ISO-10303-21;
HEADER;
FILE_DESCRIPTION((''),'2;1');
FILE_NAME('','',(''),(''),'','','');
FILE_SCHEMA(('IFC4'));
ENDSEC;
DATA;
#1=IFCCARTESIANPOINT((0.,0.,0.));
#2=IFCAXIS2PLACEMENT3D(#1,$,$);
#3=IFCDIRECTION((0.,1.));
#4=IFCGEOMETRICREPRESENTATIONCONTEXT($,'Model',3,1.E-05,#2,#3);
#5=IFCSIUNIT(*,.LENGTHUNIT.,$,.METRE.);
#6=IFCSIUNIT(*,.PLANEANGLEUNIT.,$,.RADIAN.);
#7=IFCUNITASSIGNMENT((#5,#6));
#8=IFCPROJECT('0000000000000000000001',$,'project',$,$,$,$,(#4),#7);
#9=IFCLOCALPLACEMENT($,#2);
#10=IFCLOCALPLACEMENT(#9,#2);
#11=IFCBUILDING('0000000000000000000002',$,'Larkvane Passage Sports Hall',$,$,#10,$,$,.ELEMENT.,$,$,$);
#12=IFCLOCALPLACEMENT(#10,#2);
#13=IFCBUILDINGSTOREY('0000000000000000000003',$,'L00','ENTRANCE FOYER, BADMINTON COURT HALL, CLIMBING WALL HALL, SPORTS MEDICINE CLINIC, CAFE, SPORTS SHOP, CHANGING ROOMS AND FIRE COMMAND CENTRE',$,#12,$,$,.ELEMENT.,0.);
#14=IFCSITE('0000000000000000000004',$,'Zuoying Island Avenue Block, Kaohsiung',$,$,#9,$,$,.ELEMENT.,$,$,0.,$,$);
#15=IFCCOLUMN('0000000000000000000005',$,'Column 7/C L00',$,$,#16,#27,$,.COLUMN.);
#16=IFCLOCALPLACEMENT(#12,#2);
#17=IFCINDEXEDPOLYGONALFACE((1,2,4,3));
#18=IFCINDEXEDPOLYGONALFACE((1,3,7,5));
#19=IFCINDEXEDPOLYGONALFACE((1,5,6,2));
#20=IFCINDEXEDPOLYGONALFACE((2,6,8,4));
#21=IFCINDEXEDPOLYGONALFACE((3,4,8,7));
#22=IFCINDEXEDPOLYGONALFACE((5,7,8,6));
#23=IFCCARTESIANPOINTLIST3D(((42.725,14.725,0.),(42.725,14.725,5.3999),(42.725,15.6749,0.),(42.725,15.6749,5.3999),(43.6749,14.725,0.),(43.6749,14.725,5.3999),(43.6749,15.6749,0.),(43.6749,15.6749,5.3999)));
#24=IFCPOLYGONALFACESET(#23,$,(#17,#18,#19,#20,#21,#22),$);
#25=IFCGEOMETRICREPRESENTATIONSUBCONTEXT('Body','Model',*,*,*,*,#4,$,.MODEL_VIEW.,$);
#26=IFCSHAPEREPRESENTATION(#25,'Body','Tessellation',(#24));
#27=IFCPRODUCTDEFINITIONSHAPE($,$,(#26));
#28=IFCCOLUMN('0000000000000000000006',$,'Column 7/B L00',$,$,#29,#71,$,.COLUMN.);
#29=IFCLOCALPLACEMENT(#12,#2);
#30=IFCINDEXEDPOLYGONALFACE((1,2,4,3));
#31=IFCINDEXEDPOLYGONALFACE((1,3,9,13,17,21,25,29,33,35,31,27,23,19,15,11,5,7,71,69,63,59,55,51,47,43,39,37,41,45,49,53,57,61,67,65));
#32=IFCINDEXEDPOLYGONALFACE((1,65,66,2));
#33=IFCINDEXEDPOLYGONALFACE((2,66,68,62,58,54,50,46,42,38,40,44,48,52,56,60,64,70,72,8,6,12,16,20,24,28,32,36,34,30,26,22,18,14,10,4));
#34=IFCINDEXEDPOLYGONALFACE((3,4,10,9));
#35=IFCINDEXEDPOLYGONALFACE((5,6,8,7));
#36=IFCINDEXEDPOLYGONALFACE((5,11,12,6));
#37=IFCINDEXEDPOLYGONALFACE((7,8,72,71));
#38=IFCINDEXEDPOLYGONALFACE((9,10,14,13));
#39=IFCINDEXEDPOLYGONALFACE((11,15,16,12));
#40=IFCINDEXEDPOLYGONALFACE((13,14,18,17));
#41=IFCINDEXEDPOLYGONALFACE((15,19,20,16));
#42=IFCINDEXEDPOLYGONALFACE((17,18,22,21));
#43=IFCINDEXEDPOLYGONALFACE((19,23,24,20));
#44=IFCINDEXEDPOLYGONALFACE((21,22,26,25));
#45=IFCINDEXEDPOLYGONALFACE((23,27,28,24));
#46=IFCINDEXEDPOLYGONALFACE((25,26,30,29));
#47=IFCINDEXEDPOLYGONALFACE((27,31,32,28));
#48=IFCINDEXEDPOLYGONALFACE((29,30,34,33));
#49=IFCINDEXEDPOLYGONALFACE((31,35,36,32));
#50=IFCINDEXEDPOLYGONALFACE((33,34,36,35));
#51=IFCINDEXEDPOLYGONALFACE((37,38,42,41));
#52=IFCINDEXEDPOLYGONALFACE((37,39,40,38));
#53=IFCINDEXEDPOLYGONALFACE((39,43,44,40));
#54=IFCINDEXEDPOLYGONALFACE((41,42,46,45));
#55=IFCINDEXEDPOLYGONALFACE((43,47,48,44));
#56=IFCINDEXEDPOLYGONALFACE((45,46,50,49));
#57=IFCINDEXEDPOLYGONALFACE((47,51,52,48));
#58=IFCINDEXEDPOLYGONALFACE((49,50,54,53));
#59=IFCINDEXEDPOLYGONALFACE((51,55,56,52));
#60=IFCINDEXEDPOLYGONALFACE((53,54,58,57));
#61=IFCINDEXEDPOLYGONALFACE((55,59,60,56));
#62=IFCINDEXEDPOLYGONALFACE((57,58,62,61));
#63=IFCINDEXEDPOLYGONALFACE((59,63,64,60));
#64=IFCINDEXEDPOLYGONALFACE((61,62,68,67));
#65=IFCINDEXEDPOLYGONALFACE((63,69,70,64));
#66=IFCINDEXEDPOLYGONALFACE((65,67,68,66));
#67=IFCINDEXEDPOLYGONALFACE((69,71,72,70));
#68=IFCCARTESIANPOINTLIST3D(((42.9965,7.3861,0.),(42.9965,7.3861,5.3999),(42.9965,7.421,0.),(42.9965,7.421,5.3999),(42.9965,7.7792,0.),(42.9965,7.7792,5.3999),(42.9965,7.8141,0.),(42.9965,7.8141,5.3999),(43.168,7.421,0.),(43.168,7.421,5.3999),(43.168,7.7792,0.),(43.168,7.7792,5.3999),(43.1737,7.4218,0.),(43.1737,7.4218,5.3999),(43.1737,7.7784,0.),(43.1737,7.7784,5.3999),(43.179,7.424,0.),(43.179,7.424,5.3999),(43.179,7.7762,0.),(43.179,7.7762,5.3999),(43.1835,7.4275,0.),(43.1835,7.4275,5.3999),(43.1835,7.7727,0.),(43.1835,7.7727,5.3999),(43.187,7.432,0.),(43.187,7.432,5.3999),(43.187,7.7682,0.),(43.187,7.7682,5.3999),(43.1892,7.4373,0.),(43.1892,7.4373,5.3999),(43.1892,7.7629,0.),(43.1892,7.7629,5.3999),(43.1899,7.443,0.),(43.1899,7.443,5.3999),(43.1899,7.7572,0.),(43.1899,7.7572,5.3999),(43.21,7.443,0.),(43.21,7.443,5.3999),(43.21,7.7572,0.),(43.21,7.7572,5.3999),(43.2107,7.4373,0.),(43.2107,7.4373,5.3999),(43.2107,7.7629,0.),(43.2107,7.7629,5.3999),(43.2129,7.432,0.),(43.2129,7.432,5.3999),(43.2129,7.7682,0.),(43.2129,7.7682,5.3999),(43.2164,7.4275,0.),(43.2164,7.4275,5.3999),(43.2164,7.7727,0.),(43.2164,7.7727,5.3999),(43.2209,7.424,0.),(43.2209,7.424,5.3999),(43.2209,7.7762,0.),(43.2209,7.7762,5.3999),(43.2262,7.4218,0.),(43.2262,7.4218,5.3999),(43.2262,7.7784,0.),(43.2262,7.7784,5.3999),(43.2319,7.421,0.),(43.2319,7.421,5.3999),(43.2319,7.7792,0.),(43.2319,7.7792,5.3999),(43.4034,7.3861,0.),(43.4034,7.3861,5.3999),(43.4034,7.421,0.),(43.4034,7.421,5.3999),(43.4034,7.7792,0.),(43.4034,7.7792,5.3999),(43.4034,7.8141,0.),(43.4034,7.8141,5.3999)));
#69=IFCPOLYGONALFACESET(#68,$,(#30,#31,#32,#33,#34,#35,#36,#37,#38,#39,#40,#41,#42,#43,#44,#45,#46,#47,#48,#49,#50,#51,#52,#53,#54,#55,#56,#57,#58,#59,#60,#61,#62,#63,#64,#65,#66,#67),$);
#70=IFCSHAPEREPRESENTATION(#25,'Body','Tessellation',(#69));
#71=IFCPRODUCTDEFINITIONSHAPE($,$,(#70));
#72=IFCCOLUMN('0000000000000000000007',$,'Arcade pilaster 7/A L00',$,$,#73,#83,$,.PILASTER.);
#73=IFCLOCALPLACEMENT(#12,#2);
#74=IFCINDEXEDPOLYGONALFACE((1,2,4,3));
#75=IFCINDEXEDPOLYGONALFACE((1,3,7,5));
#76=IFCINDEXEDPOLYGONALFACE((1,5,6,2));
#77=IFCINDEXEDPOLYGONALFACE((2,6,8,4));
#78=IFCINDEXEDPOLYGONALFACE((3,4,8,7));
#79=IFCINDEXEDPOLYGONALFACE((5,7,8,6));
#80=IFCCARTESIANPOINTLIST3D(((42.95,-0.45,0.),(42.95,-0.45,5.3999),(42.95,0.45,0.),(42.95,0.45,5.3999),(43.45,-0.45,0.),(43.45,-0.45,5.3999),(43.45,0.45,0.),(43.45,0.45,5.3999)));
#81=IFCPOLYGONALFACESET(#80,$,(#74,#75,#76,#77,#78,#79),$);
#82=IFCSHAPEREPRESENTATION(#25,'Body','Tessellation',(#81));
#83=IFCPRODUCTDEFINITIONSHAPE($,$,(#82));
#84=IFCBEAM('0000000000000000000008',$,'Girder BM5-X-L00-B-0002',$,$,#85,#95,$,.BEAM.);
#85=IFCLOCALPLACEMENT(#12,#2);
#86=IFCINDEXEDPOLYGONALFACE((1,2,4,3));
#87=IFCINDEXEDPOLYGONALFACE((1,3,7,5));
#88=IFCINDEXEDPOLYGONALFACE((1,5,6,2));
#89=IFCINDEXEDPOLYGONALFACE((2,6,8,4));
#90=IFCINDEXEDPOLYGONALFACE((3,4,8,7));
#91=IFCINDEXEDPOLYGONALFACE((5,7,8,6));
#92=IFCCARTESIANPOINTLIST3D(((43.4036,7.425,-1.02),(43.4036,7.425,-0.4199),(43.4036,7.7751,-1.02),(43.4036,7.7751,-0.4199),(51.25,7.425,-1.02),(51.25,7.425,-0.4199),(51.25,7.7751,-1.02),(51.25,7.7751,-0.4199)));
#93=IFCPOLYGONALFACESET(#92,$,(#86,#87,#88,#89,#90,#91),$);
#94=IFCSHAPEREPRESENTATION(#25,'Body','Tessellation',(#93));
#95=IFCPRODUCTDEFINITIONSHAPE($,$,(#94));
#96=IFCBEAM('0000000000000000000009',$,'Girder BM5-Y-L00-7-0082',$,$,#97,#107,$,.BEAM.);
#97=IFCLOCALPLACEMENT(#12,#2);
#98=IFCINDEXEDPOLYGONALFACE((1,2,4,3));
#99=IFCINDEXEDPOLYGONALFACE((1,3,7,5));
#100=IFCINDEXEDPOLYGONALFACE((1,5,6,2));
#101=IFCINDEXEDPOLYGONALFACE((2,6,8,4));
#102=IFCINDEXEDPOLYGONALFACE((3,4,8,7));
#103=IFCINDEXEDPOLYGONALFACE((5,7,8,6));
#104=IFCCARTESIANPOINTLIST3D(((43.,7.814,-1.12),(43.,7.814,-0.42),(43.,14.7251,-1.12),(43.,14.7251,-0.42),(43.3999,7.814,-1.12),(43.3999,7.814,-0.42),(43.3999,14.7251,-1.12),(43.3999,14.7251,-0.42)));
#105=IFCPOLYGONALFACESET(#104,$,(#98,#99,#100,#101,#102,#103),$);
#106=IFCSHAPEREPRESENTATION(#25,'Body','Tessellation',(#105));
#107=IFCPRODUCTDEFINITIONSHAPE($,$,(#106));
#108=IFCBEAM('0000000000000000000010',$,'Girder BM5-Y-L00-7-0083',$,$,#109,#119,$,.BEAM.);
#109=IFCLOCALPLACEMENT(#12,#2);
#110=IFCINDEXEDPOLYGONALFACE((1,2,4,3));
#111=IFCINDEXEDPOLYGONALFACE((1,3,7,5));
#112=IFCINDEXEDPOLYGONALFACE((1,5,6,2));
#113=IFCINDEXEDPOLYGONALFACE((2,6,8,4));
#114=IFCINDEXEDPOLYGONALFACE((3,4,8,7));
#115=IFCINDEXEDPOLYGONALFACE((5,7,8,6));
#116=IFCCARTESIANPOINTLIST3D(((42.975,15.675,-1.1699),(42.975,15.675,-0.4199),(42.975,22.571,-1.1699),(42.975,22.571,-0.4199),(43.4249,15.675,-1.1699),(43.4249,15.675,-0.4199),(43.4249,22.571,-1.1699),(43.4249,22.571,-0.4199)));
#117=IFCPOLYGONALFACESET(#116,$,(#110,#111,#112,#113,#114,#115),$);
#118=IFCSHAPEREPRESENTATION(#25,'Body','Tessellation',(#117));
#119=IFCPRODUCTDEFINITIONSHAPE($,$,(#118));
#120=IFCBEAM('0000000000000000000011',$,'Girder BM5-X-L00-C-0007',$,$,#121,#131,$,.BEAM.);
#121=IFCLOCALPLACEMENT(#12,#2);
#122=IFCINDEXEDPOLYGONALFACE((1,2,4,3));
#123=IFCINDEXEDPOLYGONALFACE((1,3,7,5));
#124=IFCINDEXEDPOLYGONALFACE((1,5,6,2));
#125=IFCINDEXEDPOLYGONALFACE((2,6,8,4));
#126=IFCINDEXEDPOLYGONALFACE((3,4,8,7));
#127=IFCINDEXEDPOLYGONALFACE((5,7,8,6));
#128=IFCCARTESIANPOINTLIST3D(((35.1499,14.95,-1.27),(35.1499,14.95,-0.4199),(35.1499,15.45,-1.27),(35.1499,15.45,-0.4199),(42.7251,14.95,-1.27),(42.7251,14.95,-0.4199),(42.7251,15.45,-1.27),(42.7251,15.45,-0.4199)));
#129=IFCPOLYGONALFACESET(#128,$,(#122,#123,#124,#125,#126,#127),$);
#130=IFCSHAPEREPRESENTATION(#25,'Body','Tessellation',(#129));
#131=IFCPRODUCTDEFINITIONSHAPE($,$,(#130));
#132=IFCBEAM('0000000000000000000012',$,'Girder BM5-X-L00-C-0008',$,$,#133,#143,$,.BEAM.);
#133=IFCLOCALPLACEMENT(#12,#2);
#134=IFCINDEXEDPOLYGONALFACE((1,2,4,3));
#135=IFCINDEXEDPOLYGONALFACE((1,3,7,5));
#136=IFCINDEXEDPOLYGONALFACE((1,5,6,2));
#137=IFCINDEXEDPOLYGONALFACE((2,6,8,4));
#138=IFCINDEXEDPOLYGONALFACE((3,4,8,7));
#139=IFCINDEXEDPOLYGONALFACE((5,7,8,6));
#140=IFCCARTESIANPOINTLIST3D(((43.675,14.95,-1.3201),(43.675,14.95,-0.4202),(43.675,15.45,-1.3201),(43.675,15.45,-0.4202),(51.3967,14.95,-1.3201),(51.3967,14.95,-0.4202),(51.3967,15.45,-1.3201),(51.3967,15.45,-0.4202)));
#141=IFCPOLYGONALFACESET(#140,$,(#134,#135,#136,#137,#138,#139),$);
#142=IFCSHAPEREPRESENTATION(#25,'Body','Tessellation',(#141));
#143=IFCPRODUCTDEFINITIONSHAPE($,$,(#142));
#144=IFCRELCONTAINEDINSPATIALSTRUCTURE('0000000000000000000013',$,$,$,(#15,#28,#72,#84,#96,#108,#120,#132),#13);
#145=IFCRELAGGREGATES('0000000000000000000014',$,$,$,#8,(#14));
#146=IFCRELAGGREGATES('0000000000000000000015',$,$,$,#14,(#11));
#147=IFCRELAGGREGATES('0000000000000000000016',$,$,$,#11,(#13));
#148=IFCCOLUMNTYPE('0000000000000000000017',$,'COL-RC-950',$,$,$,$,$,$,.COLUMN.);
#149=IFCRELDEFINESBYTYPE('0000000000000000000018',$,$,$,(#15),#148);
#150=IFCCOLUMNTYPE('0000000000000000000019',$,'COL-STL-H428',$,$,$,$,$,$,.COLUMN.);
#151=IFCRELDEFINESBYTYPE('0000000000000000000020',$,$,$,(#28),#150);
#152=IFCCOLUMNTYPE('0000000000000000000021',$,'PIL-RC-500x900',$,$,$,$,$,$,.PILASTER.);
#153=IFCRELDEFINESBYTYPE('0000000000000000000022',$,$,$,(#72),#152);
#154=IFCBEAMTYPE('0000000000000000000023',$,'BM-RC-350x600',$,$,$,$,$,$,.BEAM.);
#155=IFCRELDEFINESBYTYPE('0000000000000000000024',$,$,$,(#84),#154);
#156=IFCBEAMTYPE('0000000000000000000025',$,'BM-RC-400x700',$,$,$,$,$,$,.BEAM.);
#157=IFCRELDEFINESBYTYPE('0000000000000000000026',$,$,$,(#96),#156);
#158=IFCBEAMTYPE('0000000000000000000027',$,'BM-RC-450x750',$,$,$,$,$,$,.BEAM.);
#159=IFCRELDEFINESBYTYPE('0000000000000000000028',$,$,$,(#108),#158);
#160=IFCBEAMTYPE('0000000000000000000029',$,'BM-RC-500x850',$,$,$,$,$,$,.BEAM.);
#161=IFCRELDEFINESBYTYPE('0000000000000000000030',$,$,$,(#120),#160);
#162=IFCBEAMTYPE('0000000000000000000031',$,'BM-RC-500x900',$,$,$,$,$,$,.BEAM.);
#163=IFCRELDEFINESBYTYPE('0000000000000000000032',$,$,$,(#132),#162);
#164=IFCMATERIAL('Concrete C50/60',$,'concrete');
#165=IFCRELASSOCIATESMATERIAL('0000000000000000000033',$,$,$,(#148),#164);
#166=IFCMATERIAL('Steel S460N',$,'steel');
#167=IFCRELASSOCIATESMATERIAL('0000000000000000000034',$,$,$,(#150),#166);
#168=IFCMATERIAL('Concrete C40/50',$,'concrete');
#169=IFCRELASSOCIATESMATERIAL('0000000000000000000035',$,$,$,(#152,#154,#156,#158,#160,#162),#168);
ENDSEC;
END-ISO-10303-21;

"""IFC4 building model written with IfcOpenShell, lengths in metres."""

from ifc_helpers import new_model, si_unit, direction, frame, origin, origin_2d, place, context, subcontext, project, spatial, rectangle, i_section, extrude, material, material_profile, profile_set, type_object, element, save


model = new_model("IFC4")

# Units and contexts
model_context = context("Model", 3, precision=1e-05, world=origin(), true_north=direction((0.0, 1.0)))
body_context = subcontext(model_context, "Body", "Model", "MODEL_VIEW")
ifc_project = project(units=[si_unit("LENGTHUNIT", "METRE"), si_unit("PLANEANGLEUNIT", "RADIAN")], contexts=[model_context])

# Site, building, storey
site_placement = place(None, origin())
site = spatial("IfcSite", under=ifc_project, at=site_placement, Name="Zuoying Island Avenue Block, Kaohsiung", CompositionType="ELEMENT", RefElevation=0.0)
building_placement = place(site_placement, origin())
building = spatial("IfcBuilding", under=site, at=building_placement, Name="Larkvane Passage Sports Hall", CompositionType="ELEMENT")
storey_placement = place(building_placement, origin())
storey = spatial("IfcBuildingStorey", under=building, at=storey_placement, Name="L00", Description="ENTRANCE FOYER, BADMINTON COURT HALL, CLIMBING WALL HALL, SPORTS MEDICINE CLINIC, CAFE, SPORTS SHOP, CHANGING ROOMS AND FIRE COMMAND CENTRE", CompositionType="ELEMENT", Elevation=0.0)

# Columns
ifc_material_1 = material(Name="Concrete C50/60", Category="concrete")
ifc_material_profile_1 = material_profile(ifc_material_1, rectangle(XDim=0.95, YDim=0.95, at=origin_2d()), Name="RC-COL-950x950")
ifc_profile_set_1 = profile_set([ifc_material_profile_1], Name="Concrete C50/60")
column_type_1 = type_object("IfcColumnType", Name="COL-RC-950", PredefinedType="COLUMN", material=ifc_profile_set_1)
column_1_placement = place(storey_placement, frame((43.2, 15.2, 0.0), z_axis=(0.0, 0.0, 1.0), x_axis=(1.0, 0.0, 0.0)))
element("IfcColumn", 1, at=column_1_placement, inside=storey, type_object=column_type_1, Name="Column 7/C L00", PredefinedType="COLUMN", context=body_context, shape_type="SweptSolid", body=[
    extrude(rectangle(XDim=0.95, YDim=0.95, at=origin_2d()), origin(), (0.0, 0.0, 1.0), 5.3999),
])
ifc_material_2 = material(Name="Steel S460N", Category="steel")
ifc_material_profile_2 = material_profile(ifc_material_2, i_section(OverallWidth=0.407, OverallDepth=0.428, WebThickness=0.02, FlangeThickness=0.0349, FilletRadius=0.022, at=origin_2d()), Name="H-428x407x20x35")
ifc_profile_set_2 = profile_set([ifc_material_profile_2], Name="Steel S460N")
column_type_2 = type_object("IfcColumnType", Name="COL-STL-H428", PredefinedType="COLUMN", material=ifc_profile_set_2)
column_2_placement = place(storey_placement, frame((43.2, 7.6001, 0.0), z_axis=(0.0, 0.0, 1.0), x_axis=(1.0, 0.0, 0.0)))
element("IfcColumn", 2, at=column_2_placement, inside=storey, type_object=column_type_2, Name="Column 7/B L00", PredefinedType="COLUMN", context=body_context, shape_type="SweptSolid", body=[
    extrude(i_section(OverallWidth=0.407, OverallDepth=0.428, WebThickness=0.02, FlangeThickness=0.0349, FilletRadius=0.022, at=origin_2d()), origin(), (0.0, 0.0, 1.0), 5.3999),
])
ifc_material_3 = material(Name="Concrete C40/50", Category="concrete")
ifc_material_profile_3 = material_profile(ifc_material_3, rectangle(XDim=0.5, YDim=0.8999, at=origin_2d()), Name="RC-PIL-500x900")
ifc_profile_set_3 = profile_set([ifc_material_profile_3], Name="Concrete C40/50")
column_type_3 = type_object("IfcColumnType", Name="PIL-RC-500x900", PredefinedType="PILASTER", material=ifc_profile_set_3)
column_3_placement = place(storey_placement, frame((43.2, 0.0, 0.0), z_axis=(0.0, 0.0, 1.0), x_axis=(1.0, 0.0, 0.0)))
element("IfcColumn", 3, at=column_3_placement, inside=storey, type_object=column_type_3, Name="Arcade pilaster 7/A L00", PredefinedType="PILASTER", context=body_context, shape_type="SweptSolid", body=[
    extrude(rectangle(XDim=0.5, YDim=0.8999, at=origin_2d()), origin(), (0.0, 0.0, 1.0), 5.3999),
])

# Beams
ifc_material_profile_4 = material_profile(ifc_material_3, rectangle(XDim=0.3501, YDim=0.6001, at=origin_2d()), Name="RC-BM-350x600")
ifc_profile_set_4 = profile_set([ifc_material_profile_4], Name="Concrete C40/50")
beam_type_1 = type_object("IfcBeamType", Name="BM-RC-350x600", PredefinedType="BEAM", material=ifc_profile_set_4)
beam_1_placement = place(storey_placement, frame((43.4036, 7.6001, -0.72), z_axis=(1.0, 0.0, 0.0), x_axis=(0.0, 1.0, 0.0)))
element("IfcBeam", 4, at=beam_1_placement, inside=storey, type_object=beam_type_1, Name="Girder BM5-X-L00-B-0002", PredefinedType="BEAM", context=body_context, shape_type="SweptSolid", body=[
    extrude(rectangle(XDim=0.3501, YDim=0.6001, at=origin_2d()), origin(), (0.0, 0.0, 1.0), 7.8464),
])
ifc_material_profile_5 = material_profile(ifc_material_3, rectangle(XDim=0.3999, YDim=0.7, at=origin_2d()), Name="RC-BM-400x700")
ifc_profile_set_5 = profile_set([ifc_material_profile_5], Name="Concrete C40/50")
beam_type_2 = type_object("IfcBeamType", Name="BM-RC-400x700", PredefinedType="BEAM", material=ifc_profile_set_5)
beam_2_placement = place(storey_placement, frame((43.2, 7.814, -0.77), z_axis=(0.0, 1.0, 0.0), x_axis=(-1.0, 0.0, 0.0)))
element("IfcBeam", 5, at=beam_2_placement, inside=storey, type_object=beam_type_2, Name="Girder BM5-Y-L00-7-0082", PredefinedType="BEAM", context=body_context, shape_type="SweptSolid", body=[
    extrude(rectangle(XDim=0.3999, YDim=0.7, at=origin_2d()), origin(), (0.0, 0.0, 1.0), 6.9111),
])
ifc_material_profile_6 = material_profile(ifc_material_3, rectangle(XDim=0.45, YDim=0.75, at=origin_2d()), Name="RC-BM-450x750")
ifc_profile_set_6 = profile_set([ifc_material_profile_6], Name="Concrete C40/50")
beam_type_3 = type_object("IfcBeamType", Name="BM-RC-450x750", PredefinedType="BEAM", material=ifc_profile_set_6)
beam_3_placement = place(storey_placement, frame((43.2, 15.675, -0.7949), z_axis=(0.0, 1.0, 0.0), x_axis=(-1.0, 0.0, 0.0)))
element("IfcBeam", 6, at=beam_3_placement, inside=storey, type_object=beam_type_3, Name="Girder BM5-Y-L00-7-0083", PredefinedType="BEAM", context=body_context, shape_type="SweptSolid", body=[
    extrude(rectangle(XDim=0.45, YDim=0.75, at=origin_2d()), origin(), (0.0, 0.0, 1.0), 6.896),
])
ifc_material_profile_7 = material_profile(ifc_material_3, rectangle(XDim=0.5, YDim=0.8501, at=origin_2d()), Name="RC-BM-500x850")
ifc_profile_set_7 = profile_set([ifc_material_profile_7], Name="Concrete C40/50")
beam_type_4 = type_object("IfcBeamType", Name="BM-RC-500x850", PredefinedType="BEAM", material=ifc_profile_set_7)
beam_4_placement = place(storey_placement, frame((35.1499, 15.2, -0.845), z_axis=(1.0, 0.0, 0.0), x_axis=(0.0, 1.0, 0.0)))
element("IfcBeam", 7, at=beam_4_placement, inside=storey, type_object=beam_type_4, Name="Girder BM5-X-L00-C-0007", PredefinedType="BEAM", context=body_context, shape_type="SweptSolid", body=[
    extrude(rectangle(XDim=0.5, YDim=0.8501, at=origin_2d()), origin(), (0.0, 0.0, 1.0), 7.5752),
])
ifc_material_profile_8 = material_profile(ifc_material_3, rectangle(XDim=0.5, YDim=0.8999, at=origin_2d()), Name="RC-BM-500x900")
ifc_profile_set_8 = profile_set([ifc_material_profile_8], Name="Concrete C40/50")
beam_type_5 = type_object("IfcBeamType", Name="BM-RC-500x900", PredefinedType="BEAM", material=ifc_profile_set_8)
beam_5_placement = place(storey_placement, frame((43.675, 15.2, -0.8701), z_axis=(1.0, 0.0, 0.0), x_axis=(0.0, 1.0, 0.0)))
element("IfcBeam", 8, at=beam_5_placement, inside=storey, type_object=beam_type_5, Name="Girder BM5-X-L00-C-0008", PredefinedType="BEAM", context=body_context, shape_type="SweptSolid", body=[
    extrude(rectangle(XDim=0.5, YDim=0.8999, at=origin_2d()), origin(), (0.0, 0.0, 1.0), 7.7217),
])

save(model, "model.ifc")
